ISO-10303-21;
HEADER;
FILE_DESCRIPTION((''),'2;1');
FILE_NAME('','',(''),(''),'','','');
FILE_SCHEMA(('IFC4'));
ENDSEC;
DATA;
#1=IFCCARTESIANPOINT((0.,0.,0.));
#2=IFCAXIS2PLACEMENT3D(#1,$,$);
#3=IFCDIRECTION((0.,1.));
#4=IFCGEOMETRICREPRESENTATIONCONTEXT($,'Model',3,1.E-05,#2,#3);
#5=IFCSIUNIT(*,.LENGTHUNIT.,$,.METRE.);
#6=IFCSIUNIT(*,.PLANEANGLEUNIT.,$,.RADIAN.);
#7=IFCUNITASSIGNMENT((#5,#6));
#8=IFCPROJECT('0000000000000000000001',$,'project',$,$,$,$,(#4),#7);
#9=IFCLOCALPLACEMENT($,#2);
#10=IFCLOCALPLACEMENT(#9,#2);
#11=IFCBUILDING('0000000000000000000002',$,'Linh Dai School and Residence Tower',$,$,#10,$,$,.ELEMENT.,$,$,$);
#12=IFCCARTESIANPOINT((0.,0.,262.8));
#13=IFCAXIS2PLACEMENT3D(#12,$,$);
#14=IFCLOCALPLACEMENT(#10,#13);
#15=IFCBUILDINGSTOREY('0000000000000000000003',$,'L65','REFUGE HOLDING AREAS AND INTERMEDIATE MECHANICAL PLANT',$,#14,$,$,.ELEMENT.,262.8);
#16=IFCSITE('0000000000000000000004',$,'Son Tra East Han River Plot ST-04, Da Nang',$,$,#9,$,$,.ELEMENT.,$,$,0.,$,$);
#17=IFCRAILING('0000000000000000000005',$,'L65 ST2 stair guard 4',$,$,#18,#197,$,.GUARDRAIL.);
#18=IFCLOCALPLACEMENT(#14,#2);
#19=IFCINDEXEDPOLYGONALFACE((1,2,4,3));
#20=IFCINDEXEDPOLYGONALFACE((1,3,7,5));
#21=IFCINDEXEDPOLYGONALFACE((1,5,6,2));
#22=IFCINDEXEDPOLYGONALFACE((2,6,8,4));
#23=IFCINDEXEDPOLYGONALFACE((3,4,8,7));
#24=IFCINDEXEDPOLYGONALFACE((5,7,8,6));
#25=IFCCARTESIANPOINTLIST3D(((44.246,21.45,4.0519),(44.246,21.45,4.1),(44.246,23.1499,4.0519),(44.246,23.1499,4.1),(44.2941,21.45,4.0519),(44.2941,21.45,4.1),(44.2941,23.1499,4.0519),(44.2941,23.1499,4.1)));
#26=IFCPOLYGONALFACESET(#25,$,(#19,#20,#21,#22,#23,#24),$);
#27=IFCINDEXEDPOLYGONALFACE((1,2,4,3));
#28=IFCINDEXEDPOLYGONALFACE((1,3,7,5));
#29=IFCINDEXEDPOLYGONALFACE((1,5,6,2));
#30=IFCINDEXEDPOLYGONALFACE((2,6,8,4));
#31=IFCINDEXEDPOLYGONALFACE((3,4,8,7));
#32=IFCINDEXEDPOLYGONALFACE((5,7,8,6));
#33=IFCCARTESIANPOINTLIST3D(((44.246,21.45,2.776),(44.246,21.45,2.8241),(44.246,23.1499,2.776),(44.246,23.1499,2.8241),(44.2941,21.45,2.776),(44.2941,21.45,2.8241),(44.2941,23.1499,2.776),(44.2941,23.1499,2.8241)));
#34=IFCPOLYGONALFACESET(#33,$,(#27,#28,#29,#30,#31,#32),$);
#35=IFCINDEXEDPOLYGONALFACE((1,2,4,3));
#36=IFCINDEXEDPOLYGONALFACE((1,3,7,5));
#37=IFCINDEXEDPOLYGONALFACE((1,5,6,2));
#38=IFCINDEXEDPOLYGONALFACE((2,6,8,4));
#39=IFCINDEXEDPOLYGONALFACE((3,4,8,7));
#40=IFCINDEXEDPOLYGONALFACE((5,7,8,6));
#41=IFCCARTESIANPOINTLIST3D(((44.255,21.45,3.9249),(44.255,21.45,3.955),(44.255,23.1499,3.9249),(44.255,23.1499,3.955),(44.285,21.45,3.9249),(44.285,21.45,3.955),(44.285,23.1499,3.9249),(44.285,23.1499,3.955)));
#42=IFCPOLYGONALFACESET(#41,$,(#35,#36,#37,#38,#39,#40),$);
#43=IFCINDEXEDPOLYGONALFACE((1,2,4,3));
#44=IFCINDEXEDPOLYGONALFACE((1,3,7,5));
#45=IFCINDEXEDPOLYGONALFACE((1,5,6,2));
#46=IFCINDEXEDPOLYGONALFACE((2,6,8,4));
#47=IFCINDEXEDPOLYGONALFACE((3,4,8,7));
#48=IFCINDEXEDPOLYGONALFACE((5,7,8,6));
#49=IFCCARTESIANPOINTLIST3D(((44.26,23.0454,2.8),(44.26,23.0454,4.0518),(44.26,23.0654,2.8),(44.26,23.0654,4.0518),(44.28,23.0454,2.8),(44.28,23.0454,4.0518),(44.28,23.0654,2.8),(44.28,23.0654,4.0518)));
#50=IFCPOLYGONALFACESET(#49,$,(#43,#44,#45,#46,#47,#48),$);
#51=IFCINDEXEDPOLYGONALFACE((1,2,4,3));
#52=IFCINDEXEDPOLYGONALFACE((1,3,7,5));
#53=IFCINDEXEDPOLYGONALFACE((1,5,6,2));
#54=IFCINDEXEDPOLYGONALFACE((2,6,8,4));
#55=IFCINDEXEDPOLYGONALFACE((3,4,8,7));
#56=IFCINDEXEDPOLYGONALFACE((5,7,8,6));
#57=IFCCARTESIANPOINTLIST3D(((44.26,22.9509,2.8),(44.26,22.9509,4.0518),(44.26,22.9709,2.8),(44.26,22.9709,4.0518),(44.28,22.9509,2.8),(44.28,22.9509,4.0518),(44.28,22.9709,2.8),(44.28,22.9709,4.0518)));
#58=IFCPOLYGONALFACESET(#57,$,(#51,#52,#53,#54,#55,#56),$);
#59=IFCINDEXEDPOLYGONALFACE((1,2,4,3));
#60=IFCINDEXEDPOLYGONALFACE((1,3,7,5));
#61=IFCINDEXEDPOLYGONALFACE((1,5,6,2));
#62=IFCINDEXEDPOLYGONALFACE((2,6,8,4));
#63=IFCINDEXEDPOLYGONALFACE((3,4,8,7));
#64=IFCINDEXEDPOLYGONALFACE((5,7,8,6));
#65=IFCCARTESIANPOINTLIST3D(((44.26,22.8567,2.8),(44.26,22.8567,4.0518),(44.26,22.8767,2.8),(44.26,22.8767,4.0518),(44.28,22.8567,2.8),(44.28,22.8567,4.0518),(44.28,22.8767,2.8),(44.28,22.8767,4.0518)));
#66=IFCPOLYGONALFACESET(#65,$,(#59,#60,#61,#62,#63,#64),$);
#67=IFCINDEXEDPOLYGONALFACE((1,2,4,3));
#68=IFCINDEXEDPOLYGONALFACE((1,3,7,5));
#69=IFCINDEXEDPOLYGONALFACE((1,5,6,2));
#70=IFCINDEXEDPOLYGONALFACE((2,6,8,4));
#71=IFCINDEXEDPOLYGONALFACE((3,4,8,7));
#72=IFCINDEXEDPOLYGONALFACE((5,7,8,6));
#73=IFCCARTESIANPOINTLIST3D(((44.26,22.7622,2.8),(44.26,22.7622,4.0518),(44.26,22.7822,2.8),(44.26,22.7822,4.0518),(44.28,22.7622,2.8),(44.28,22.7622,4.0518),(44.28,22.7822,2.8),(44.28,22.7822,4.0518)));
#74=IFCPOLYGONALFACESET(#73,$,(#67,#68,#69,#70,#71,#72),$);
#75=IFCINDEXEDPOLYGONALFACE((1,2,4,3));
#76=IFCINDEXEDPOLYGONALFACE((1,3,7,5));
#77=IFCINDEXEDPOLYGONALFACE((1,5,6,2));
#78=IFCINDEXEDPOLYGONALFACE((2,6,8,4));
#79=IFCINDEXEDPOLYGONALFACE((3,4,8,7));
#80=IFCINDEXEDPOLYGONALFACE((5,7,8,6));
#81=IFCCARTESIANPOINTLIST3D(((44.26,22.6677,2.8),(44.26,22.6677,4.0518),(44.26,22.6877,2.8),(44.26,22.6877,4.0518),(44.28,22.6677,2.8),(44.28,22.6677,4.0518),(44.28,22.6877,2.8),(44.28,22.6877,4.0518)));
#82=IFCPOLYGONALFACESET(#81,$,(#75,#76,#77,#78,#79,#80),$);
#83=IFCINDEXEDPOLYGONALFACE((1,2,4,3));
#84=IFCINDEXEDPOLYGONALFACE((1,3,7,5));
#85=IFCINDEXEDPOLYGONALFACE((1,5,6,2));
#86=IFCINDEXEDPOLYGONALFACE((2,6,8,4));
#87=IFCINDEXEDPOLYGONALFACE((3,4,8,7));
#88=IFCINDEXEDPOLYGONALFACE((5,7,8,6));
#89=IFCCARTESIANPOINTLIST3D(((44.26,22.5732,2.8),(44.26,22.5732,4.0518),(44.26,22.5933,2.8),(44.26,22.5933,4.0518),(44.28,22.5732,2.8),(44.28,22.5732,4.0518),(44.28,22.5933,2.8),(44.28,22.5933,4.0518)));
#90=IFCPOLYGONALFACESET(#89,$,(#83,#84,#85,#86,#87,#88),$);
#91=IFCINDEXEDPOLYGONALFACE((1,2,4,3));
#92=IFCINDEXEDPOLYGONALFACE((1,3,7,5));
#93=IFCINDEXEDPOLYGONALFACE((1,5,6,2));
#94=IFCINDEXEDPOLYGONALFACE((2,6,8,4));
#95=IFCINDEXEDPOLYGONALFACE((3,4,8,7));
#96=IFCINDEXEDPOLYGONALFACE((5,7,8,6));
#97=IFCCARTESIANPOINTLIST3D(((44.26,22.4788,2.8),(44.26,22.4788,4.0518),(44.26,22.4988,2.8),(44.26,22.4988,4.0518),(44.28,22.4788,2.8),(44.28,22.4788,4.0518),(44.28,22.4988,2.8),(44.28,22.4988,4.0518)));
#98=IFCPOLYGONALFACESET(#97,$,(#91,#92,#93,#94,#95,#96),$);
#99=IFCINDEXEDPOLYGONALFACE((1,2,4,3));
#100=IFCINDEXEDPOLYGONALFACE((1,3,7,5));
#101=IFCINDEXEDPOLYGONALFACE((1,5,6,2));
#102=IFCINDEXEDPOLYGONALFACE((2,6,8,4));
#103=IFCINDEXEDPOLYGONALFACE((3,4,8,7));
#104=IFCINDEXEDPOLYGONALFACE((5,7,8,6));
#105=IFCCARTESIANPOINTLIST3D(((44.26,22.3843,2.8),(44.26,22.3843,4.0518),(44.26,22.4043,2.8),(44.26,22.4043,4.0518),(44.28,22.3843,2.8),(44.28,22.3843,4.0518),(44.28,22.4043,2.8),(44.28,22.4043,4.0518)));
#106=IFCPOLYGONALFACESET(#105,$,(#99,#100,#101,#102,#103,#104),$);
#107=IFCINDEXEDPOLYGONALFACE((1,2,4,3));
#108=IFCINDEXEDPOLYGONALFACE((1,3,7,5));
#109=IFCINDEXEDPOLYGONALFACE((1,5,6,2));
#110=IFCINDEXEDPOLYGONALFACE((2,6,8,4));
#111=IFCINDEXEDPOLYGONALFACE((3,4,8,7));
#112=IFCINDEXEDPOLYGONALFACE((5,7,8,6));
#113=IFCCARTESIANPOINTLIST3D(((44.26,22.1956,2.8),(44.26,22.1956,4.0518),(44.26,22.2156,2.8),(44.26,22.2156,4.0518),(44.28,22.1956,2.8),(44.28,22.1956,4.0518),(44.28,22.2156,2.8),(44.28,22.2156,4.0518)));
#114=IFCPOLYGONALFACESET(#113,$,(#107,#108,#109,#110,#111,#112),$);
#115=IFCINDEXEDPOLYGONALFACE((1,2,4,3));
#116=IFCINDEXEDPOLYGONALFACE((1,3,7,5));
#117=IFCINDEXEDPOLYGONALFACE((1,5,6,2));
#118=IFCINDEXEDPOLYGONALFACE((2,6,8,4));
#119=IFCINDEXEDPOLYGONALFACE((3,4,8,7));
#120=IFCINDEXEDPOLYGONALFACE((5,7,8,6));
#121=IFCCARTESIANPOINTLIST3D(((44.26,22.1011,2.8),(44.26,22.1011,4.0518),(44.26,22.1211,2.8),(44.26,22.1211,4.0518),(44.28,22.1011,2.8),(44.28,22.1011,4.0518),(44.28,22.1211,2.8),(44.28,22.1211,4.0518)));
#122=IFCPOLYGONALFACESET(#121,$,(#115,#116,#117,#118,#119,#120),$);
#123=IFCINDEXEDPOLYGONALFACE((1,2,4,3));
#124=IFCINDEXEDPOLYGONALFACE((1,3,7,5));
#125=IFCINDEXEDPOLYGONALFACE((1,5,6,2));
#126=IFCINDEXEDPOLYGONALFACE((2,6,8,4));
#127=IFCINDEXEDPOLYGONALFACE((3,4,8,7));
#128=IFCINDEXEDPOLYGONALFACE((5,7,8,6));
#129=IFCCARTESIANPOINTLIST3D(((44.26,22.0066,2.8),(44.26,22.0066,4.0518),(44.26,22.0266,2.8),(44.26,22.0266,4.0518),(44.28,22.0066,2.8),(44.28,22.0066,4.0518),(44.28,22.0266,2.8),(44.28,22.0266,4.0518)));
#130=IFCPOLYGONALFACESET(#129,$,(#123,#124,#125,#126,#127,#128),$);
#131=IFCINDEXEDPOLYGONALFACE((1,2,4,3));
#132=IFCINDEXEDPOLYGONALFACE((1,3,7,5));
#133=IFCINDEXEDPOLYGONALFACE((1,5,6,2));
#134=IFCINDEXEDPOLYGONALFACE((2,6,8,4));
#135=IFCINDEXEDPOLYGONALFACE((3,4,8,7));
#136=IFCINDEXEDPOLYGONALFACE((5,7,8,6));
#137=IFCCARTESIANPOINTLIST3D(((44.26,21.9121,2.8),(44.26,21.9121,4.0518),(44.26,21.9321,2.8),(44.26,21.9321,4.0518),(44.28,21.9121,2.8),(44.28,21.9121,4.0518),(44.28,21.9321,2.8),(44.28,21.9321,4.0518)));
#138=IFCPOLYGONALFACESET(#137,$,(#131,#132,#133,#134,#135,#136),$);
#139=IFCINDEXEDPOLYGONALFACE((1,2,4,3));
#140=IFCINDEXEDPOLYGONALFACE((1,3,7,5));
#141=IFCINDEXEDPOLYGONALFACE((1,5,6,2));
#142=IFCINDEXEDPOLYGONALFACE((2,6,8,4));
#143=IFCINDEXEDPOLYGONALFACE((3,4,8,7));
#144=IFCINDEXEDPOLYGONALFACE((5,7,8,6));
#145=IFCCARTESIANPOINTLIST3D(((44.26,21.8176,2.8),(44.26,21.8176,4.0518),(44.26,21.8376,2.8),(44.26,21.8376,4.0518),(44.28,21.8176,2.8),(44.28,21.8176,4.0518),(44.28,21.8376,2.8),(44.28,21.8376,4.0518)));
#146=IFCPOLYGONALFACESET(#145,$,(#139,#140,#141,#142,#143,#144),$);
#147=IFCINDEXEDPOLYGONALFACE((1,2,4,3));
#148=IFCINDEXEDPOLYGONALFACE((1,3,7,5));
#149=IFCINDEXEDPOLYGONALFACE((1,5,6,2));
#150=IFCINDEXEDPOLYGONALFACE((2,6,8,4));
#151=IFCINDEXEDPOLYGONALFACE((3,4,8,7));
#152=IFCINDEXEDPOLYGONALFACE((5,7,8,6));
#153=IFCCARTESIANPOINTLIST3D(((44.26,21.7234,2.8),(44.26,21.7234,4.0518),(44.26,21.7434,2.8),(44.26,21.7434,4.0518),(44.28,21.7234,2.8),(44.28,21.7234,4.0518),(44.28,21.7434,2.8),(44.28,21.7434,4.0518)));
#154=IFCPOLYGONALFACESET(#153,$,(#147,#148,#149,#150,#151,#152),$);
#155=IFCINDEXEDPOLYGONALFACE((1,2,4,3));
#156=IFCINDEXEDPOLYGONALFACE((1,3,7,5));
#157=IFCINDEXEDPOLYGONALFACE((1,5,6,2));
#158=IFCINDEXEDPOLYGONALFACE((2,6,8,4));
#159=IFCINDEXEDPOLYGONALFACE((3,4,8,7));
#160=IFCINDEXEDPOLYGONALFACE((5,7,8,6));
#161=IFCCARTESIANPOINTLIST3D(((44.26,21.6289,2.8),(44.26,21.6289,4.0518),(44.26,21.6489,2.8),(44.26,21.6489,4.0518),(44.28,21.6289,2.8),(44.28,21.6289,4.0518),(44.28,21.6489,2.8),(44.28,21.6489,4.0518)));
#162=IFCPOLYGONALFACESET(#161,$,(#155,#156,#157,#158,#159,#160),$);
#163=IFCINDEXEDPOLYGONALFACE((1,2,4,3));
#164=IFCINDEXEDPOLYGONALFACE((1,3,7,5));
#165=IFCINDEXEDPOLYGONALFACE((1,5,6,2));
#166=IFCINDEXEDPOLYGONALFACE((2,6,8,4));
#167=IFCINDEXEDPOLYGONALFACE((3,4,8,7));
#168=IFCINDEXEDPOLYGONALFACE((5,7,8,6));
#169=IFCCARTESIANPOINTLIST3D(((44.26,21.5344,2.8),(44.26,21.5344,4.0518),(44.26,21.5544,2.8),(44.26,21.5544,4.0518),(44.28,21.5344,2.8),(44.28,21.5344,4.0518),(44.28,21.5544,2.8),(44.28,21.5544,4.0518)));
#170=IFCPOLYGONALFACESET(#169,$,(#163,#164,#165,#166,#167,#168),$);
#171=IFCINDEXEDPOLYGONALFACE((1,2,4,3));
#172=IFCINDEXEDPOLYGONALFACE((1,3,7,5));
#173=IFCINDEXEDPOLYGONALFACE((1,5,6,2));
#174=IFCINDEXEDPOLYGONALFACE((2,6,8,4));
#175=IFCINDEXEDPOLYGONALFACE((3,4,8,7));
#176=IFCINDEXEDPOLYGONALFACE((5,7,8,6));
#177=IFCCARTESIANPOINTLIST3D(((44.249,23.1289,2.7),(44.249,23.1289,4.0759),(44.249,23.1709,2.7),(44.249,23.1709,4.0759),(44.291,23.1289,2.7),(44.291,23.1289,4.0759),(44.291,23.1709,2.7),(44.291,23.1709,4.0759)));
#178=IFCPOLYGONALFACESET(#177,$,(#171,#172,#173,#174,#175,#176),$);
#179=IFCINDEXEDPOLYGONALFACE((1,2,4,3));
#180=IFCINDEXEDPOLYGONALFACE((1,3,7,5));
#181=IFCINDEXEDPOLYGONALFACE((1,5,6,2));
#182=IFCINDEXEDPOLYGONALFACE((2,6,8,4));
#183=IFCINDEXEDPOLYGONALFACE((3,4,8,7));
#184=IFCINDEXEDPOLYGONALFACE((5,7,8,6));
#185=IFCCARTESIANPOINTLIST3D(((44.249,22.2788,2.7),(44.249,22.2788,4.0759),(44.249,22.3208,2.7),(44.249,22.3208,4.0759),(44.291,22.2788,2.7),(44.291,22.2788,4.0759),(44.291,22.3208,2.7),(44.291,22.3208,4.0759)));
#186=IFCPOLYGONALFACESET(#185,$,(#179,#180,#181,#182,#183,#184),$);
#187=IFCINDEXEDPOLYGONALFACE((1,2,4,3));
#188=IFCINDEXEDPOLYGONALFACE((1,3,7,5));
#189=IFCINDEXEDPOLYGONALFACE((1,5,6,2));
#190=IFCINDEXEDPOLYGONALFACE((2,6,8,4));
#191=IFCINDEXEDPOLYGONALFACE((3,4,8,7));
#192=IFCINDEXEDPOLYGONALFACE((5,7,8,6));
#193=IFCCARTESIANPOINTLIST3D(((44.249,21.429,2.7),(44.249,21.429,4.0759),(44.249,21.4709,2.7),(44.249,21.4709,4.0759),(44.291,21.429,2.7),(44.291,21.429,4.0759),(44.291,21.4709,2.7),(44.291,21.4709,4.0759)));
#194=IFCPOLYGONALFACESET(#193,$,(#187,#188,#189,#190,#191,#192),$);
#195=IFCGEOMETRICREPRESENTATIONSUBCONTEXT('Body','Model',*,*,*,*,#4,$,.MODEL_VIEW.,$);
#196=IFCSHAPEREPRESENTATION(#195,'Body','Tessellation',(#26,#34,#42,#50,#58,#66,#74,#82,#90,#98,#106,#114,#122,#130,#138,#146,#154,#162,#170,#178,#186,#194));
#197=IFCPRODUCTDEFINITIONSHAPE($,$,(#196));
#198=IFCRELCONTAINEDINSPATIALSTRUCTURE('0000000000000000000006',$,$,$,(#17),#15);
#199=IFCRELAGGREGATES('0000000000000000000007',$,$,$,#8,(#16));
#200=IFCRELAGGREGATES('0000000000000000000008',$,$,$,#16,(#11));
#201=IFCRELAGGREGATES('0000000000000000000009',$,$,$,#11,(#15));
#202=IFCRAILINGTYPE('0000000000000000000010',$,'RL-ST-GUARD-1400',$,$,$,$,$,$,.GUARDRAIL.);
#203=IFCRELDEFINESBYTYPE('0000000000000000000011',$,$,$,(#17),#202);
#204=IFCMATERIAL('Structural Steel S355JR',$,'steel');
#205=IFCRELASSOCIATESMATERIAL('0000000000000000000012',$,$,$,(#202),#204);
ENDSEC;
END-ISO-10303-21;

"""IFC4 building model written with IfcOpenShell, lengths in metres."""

from ifc_helpers import new_model, si_unit, direction, frame, origin, origin_2d, place, context, subcontext, project, spatial, rectangle, extrude, source, transform, mapped, material, type_object, element, save


model = new_model("IFC4")

# Units and contexts
model_context = context("Model", 3, precision=1e-05, world=origin(), true_north=direction((0.0, 1.0)))
body_context = subcontext(model_context, "Body", "Model", "MODEL_VIEW")
ifc_project = project(units=[si_unit("LENGTHUNIT", "METRE"), si_unit("PLANEANGLEUNIT", "RADIAN")], contexts=[model_context])

# Site, building, storey
site_placement = place(None, origin())
site = spatial("IfcSite", under=ifc_project, at=site_placement, Name="Son Tra East Han River Plot ST-04, Da Nang", CompositionType="ELEMENT", RefElevation=0.0)
building_placement = place(site_placement, origin())
building = spatial("IfcBuilding", under=site, at=building_placement, Name="Linh Dai School and Residence Tower", CompositionType="ELEMENT")
storey_placement = place(building_placement, frame((0.0, 0.0, 262.8)))
storey = spatial("IfcBuildingStorey", under=building, at=storey_placement, Name="L65", Description="REFUGE HOLDING AREAS AND INTERMEDIATE MECHANICAL PLANT", CompositionType="ELEMENT", Elevation=262.8)

# Shared definitions
ifc_material_1 = material(Name="Structural Steel S355JR", Category="steel")

# Railing
railing_type_1 = type_object("IfcRailingType", Name="RL-ST-GUARD-1400", PredefinedType="GUARDRAIL", material=ifc_material_1)
shared_shape_1 = source(origin(), body_context, "Body", "SweptSolid", [
    extrude(rectangle(XDim=0.0481, YDim=0.0481, at=origin_2d()), frame((0.0, 0.0, 1.376), z_axis=(0.0, -1.0, 0.0), x_axis=(1.0, 0.0, 0.0)), (0.0, 0.0, 1.0), 1.7),
    extrude(rectangle(XDim=0.0481, YDim=0.0481, at=origin_2d()), frame((0.0, 0.0, 0.1001), z_axis=(0.0, -1.0, 0.0), x_axis=(1.0, 0.0, 0.0)), (0.0, 0.0, 1.0), 1.7),
    extrude(rectangle(XDim=0.03, YDim=0.03, at=origin_2d()), frame((0.0, 0.0, 1.24), z_axis=(0.0, -1.0, 0.0), x_axis=(1.0, 0.0, 0.0)), (0.0, 0.0, 1.0), 1.7),
    extrude(rectangle(XDim=0.02, YDim=0.02, at=origin_2d()), frame((0.0, -0.0945, 0.1001)), (0.0, 0.0, 1.0), 1.2517),
    extrude(rectangle(XDim=0.02, YDim=0.02, at=origin_2d()), frame((0.0, -0.189, 0.1001)), (0.0, 0.0, 1.0), 1.2517),
    extrude(rectangle(XDim=0.02, YDim=0.02, at=origin_2d()), frame((0.0, -0.2832, 0.1001)), (0.0, 0.0, 1.0), 1.2517),
    extrude(rectangle(XDim=0.02, YDim=0.02, at=origin_2d()), frame((0.0, -0.3777, 0.1001)), (0.0, 0.0, 1.0), 1.2517),
    extrude(rectangle(XDim=0.02, YDim=0.02, at=origin_2d()), frame((0.0, -0.4722, 0.1001)), (0.0, 0.0, 1.0), 1.2517),
    extrude(rectangle(XDim=0.02, YDim=0.02, at=origin_2d()), frame((0.0, -0.5667, 0.1001)), (0.0, 0.0, 1.0), 1.2517),
    extrude(rectangle(XDim=0.02, YDim=0.02, at=origin_2d()), frame((0.0, -0.6611, 0.1001)), (0.0, 0.0, 1.0), 1.2517),
    extrude(rectangle(XDim=0.02, YDim=0.02, at=origin_2d()), frame((0.0, -0.7556, 0.1001)), (0.0, 0.0, 1.0), 1.2517),
    extrude(rectangle(XDim=0.02, YDim=0.02, at=origin_2d()), frame((0.0, -0.9443, 0.1001)), (0.0, 0.0, 1.0), 1.2517),
    extrude(rectangle(XDim=0.02, YDim=0.02, at=origin_2d()), frame((0.0, -1.0388, 0.1001)), (0.0, 0.0, 1.0), 1.2517),
    extrude(rectangle(XDim=0.02, YDim=0.02, at=origin_2d()), frame((0.0, -1.1333, 0.1001)), (0.0, 0.0, 1.0), 1.2517),
    extrude(rectangle(XDim=0.02, YDim=0.02, at=origin_2d()), frame((0.0, -1.2278, 0.1001)), (0.0, 0.0, 1.0), 1.2517),
    extrude(rectangle(XDim=0.02, YDim=0.02, at=origin_2d()), frame((0.0, -1.3223, 0.1001)), (0.0, 0.0, 1.0), 1.2517),
    extrude(rectangle(XDim=0.02, YDim=0.02, at=origin_2d()), frame((0.0, -1.4165, 0.1001)), (0.0, 0.0, 1.0), 1.2517),
    extrude(rectangle(XDim=0.02, YDim=0.02, at=origin_2d()), frame((0.0, -1.511, 0.1001)), (0.0, 0.0, 1.0), 1.2517),
    extrude(rectangle(XDim=0.02, YDim=0.02, at=origin_2d()), frame((0.0, -1.6055, 0.1001)), (0.0, 0.0, 1.0), 1.2517),
    extrude(rectangle(XDim=0.042, YDim=0.042, at=origin_2d()), origin(), (0.0, 0.0, 1.0), 1.376),
    extrude(rectangle(XDim=0.042, YDim=0.042, at=origin_2d()), frame((0.0, -0.8501, 0.0)), (0.0, 0.0, 1.0), 1.376),
    extrude(rectangle(XDim=0.042, YDim=0.042, at=origin_2d()), frame((0.0, -1.7, 0.0)), (0.0, 0.0, 1.0), 1.376),
])
railing_1_placement = place(storey_placement, frame((44.27, 23.1499, 2.7)))
element("IfcRailing", 1, at=railing_1_placement, inside=storey, type_object=railing_type_1, Name="L65 ST2 stair guard 4", PredefinedType="GUARDRAIL", context=body_context, shape_type="MappedRepresentation", body=[
    mapped(shared_shape_1, transform((0.0, 0.0, 0.0), x_axis=(1.0, 0.0, 0.0), y_axis=(0.0, 1.0, 0.0), z_axis=(0.0, 0.0, 1.0), scale=1.0)),
])

save(model, "model.ifc")
